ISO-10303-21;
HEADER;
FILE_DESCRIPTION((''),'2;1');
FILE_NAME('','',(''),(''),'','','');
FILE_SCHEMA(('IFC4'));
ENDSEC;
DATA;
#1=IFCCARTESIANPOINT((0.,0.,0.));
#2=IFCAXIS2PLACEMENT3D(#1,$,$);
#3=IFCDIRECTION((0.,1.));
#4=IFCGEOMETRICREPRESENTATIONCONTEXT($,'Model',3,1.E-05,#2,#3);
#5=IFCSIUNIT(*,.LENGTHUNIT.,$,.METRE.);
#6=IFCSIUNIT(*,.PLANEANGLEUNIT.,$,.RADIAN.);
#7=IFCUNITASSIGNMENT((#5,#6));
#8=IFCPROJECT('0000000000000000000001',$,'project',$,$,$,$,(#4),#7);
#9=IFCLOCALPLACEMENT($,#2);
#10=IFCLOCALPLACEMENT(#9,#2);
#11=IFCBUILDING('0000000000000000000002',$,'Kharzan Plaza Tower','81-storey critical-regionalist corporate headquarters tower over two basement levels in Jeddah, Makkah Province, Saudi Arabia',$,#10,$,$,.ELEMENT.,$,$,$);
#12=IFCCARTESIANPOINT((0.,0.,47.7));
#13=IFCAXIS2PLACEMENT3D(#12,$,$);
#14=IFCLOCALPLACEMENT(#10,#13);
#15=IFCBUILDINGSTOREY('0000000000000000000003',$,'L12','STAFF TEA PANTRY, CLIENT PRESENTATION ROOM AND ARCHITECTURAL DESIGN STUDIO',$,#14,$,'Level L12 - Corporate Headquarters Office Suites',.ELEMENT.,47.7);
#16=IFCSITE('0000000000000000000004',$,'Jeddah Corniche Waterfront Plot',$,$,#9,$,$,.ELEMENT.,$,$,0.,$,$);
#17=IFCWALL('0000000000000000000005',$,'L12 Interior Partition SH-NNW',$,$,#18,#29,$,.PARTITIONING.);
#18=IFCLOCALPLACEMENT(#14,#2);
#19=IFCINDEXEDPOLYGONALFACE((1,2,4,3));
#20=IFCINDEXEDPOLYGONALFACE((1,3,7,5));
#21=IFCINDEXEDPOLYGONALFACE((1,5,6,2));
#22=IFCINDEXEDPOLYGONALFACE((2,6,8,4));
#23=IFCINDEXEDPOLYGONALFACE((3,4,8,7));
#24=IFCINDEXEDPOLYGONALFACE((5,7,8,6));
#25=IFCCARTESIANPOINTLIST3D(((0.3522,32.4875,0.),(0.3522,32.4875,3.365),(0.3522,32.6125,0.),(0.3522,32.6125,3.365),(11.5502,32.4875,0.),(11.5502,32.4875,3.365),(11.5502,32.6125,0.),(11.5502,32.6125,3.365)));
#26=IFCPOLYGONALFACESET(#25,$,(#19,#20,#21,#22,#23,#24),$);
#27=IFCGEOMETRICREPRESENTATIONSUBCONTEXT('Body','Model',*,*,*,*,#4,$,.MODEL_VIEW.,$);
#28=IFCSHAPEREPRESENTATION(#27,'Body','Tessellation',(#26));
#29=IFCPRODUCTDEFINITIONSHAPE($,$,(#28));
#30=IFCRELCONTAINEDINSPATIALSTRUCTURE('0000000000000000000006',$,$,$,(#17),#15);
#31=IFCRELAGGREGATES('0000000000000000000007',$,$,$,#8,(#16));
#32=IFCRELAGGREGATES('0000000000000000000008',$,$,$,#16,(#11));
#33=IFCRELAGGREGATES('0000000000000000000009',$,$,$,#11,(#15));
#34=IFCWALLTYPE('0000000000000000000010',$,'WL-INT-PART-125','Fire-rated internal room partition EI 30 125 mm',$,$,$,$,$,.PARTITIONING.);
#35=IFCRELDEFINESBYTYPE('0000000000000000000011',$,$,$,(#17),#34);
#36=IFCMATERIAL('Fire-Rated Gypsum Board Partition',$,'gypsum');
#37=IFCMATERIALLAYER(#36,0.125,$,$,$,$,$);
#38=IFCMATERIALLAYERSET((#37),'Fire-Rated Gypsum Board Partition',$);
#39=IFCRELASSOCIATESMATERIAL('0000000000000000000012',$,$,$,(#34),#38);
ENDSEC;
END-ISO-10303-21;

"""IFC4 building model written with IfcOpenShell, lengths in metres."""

from ifc_helpers import new_model, si_unit, direction, frame, frame_2d, origin, place, context, subcontext, project, spatial, rectangle, extrude, source, transform, mapped, material, layer, layer_set, type_object, element, save


model = new_model("IFC4")

# Units and contexts
model_context = context("Model", 3, precision=1e-05, world=origin(), true_north=direction((0.0, 1.0)))
body_context = subcontext(model_context, "Body", "Model", "MODEL_VIEW")
ifc_project = project(units=[si_unit("LENGTHUNIT", "METRE"), si_unit("PLANEANGLEUNIT", "RADIAN")], contexts=[model_context])

# Site, building, storey
site_placement = place(None, origin())
site = spatial("IfcSite", under=ifc_project, at=site_placement, Name="Jeddah Corniche Waterfront Plot", CompositionType="ELEMENT", RefElevation=0.0)
building_placement = place(site_placement, origin())
building = spatial("IfcBuilding", under=site, at=building_placement, Name="Kharzan Plaza Tower", Description="81-storey critical-regionalist corporate headquarters tower over two basement levels in Jeddah, Makkah Province, Saudi Arabia", CompositionType="ELEMENT")
storey_placement = place(building_placement, frame((0.0, 0.0, 47.7)))
storey = spatial("IfcBuildingStorey", under=building, at=storey_placement, Name="L12", Description="STAFF TEA PANTRY, CLIENT PRESENTATION ROOM AND ARCHITECTURAL DESIGN STUDIO", LongName="Level L12 - Corporate Headquarters Office Suites", CompositionType="ELEMENT", Elevation=47.7)

# Shared definitions
ifc_material_1 = material(Name="Fire-Rated Gypsum Board Partition", Category="gypsum")
ifc_layer_1 = layer(ifc_material_1, 0.125)
ifc_layer_set_1 = layer_set([ifc_layer_1], Name="Fire-Rated Gypsum Board Partition")
wall_type_1 = type_object("IfcWallType", Name="WL-INT-PART-125", Description="Fire-rated internal room partition EI 30 125 mm", PredefinedType="PARTITIONING", material=ifc_layer_set_1)

# Wall
shared_shape_1 = source(origin(), body_context, "Body", "SweptSolid", [
    extrude(rectangle(XDim=11.198, YDim=0.125, at=frame_2d((5.5991, 0.0))), origin(), (0.0, 0.0, 1.0), 3.365),
])
wall_1_placement = place(storey_placement, frame((0.3521, 32.55, 0.0), z_axis=(0.0, 0.0, 1.0), x_axis=(1.0, 0.0, 0.0)))
element("IfcWall", 1, at=wall_1_placement, inside=storey, type_object=wall_type_1, Name="L12 Interior Partition SH-NNW", PredefinedType="PARTITIONING", context=body_context, shape_type="MappedRepresentation", body=[
    mapped(shared_shape_1, transform((0.0, 0.0, 0.0), x_axis=(1.0, 0.0, 0.0), y_axis=(0.0, 1.0, 0.0), z_axis=(0.0, 0.0, 1.0))),
])

save(model, "model.ifc")
